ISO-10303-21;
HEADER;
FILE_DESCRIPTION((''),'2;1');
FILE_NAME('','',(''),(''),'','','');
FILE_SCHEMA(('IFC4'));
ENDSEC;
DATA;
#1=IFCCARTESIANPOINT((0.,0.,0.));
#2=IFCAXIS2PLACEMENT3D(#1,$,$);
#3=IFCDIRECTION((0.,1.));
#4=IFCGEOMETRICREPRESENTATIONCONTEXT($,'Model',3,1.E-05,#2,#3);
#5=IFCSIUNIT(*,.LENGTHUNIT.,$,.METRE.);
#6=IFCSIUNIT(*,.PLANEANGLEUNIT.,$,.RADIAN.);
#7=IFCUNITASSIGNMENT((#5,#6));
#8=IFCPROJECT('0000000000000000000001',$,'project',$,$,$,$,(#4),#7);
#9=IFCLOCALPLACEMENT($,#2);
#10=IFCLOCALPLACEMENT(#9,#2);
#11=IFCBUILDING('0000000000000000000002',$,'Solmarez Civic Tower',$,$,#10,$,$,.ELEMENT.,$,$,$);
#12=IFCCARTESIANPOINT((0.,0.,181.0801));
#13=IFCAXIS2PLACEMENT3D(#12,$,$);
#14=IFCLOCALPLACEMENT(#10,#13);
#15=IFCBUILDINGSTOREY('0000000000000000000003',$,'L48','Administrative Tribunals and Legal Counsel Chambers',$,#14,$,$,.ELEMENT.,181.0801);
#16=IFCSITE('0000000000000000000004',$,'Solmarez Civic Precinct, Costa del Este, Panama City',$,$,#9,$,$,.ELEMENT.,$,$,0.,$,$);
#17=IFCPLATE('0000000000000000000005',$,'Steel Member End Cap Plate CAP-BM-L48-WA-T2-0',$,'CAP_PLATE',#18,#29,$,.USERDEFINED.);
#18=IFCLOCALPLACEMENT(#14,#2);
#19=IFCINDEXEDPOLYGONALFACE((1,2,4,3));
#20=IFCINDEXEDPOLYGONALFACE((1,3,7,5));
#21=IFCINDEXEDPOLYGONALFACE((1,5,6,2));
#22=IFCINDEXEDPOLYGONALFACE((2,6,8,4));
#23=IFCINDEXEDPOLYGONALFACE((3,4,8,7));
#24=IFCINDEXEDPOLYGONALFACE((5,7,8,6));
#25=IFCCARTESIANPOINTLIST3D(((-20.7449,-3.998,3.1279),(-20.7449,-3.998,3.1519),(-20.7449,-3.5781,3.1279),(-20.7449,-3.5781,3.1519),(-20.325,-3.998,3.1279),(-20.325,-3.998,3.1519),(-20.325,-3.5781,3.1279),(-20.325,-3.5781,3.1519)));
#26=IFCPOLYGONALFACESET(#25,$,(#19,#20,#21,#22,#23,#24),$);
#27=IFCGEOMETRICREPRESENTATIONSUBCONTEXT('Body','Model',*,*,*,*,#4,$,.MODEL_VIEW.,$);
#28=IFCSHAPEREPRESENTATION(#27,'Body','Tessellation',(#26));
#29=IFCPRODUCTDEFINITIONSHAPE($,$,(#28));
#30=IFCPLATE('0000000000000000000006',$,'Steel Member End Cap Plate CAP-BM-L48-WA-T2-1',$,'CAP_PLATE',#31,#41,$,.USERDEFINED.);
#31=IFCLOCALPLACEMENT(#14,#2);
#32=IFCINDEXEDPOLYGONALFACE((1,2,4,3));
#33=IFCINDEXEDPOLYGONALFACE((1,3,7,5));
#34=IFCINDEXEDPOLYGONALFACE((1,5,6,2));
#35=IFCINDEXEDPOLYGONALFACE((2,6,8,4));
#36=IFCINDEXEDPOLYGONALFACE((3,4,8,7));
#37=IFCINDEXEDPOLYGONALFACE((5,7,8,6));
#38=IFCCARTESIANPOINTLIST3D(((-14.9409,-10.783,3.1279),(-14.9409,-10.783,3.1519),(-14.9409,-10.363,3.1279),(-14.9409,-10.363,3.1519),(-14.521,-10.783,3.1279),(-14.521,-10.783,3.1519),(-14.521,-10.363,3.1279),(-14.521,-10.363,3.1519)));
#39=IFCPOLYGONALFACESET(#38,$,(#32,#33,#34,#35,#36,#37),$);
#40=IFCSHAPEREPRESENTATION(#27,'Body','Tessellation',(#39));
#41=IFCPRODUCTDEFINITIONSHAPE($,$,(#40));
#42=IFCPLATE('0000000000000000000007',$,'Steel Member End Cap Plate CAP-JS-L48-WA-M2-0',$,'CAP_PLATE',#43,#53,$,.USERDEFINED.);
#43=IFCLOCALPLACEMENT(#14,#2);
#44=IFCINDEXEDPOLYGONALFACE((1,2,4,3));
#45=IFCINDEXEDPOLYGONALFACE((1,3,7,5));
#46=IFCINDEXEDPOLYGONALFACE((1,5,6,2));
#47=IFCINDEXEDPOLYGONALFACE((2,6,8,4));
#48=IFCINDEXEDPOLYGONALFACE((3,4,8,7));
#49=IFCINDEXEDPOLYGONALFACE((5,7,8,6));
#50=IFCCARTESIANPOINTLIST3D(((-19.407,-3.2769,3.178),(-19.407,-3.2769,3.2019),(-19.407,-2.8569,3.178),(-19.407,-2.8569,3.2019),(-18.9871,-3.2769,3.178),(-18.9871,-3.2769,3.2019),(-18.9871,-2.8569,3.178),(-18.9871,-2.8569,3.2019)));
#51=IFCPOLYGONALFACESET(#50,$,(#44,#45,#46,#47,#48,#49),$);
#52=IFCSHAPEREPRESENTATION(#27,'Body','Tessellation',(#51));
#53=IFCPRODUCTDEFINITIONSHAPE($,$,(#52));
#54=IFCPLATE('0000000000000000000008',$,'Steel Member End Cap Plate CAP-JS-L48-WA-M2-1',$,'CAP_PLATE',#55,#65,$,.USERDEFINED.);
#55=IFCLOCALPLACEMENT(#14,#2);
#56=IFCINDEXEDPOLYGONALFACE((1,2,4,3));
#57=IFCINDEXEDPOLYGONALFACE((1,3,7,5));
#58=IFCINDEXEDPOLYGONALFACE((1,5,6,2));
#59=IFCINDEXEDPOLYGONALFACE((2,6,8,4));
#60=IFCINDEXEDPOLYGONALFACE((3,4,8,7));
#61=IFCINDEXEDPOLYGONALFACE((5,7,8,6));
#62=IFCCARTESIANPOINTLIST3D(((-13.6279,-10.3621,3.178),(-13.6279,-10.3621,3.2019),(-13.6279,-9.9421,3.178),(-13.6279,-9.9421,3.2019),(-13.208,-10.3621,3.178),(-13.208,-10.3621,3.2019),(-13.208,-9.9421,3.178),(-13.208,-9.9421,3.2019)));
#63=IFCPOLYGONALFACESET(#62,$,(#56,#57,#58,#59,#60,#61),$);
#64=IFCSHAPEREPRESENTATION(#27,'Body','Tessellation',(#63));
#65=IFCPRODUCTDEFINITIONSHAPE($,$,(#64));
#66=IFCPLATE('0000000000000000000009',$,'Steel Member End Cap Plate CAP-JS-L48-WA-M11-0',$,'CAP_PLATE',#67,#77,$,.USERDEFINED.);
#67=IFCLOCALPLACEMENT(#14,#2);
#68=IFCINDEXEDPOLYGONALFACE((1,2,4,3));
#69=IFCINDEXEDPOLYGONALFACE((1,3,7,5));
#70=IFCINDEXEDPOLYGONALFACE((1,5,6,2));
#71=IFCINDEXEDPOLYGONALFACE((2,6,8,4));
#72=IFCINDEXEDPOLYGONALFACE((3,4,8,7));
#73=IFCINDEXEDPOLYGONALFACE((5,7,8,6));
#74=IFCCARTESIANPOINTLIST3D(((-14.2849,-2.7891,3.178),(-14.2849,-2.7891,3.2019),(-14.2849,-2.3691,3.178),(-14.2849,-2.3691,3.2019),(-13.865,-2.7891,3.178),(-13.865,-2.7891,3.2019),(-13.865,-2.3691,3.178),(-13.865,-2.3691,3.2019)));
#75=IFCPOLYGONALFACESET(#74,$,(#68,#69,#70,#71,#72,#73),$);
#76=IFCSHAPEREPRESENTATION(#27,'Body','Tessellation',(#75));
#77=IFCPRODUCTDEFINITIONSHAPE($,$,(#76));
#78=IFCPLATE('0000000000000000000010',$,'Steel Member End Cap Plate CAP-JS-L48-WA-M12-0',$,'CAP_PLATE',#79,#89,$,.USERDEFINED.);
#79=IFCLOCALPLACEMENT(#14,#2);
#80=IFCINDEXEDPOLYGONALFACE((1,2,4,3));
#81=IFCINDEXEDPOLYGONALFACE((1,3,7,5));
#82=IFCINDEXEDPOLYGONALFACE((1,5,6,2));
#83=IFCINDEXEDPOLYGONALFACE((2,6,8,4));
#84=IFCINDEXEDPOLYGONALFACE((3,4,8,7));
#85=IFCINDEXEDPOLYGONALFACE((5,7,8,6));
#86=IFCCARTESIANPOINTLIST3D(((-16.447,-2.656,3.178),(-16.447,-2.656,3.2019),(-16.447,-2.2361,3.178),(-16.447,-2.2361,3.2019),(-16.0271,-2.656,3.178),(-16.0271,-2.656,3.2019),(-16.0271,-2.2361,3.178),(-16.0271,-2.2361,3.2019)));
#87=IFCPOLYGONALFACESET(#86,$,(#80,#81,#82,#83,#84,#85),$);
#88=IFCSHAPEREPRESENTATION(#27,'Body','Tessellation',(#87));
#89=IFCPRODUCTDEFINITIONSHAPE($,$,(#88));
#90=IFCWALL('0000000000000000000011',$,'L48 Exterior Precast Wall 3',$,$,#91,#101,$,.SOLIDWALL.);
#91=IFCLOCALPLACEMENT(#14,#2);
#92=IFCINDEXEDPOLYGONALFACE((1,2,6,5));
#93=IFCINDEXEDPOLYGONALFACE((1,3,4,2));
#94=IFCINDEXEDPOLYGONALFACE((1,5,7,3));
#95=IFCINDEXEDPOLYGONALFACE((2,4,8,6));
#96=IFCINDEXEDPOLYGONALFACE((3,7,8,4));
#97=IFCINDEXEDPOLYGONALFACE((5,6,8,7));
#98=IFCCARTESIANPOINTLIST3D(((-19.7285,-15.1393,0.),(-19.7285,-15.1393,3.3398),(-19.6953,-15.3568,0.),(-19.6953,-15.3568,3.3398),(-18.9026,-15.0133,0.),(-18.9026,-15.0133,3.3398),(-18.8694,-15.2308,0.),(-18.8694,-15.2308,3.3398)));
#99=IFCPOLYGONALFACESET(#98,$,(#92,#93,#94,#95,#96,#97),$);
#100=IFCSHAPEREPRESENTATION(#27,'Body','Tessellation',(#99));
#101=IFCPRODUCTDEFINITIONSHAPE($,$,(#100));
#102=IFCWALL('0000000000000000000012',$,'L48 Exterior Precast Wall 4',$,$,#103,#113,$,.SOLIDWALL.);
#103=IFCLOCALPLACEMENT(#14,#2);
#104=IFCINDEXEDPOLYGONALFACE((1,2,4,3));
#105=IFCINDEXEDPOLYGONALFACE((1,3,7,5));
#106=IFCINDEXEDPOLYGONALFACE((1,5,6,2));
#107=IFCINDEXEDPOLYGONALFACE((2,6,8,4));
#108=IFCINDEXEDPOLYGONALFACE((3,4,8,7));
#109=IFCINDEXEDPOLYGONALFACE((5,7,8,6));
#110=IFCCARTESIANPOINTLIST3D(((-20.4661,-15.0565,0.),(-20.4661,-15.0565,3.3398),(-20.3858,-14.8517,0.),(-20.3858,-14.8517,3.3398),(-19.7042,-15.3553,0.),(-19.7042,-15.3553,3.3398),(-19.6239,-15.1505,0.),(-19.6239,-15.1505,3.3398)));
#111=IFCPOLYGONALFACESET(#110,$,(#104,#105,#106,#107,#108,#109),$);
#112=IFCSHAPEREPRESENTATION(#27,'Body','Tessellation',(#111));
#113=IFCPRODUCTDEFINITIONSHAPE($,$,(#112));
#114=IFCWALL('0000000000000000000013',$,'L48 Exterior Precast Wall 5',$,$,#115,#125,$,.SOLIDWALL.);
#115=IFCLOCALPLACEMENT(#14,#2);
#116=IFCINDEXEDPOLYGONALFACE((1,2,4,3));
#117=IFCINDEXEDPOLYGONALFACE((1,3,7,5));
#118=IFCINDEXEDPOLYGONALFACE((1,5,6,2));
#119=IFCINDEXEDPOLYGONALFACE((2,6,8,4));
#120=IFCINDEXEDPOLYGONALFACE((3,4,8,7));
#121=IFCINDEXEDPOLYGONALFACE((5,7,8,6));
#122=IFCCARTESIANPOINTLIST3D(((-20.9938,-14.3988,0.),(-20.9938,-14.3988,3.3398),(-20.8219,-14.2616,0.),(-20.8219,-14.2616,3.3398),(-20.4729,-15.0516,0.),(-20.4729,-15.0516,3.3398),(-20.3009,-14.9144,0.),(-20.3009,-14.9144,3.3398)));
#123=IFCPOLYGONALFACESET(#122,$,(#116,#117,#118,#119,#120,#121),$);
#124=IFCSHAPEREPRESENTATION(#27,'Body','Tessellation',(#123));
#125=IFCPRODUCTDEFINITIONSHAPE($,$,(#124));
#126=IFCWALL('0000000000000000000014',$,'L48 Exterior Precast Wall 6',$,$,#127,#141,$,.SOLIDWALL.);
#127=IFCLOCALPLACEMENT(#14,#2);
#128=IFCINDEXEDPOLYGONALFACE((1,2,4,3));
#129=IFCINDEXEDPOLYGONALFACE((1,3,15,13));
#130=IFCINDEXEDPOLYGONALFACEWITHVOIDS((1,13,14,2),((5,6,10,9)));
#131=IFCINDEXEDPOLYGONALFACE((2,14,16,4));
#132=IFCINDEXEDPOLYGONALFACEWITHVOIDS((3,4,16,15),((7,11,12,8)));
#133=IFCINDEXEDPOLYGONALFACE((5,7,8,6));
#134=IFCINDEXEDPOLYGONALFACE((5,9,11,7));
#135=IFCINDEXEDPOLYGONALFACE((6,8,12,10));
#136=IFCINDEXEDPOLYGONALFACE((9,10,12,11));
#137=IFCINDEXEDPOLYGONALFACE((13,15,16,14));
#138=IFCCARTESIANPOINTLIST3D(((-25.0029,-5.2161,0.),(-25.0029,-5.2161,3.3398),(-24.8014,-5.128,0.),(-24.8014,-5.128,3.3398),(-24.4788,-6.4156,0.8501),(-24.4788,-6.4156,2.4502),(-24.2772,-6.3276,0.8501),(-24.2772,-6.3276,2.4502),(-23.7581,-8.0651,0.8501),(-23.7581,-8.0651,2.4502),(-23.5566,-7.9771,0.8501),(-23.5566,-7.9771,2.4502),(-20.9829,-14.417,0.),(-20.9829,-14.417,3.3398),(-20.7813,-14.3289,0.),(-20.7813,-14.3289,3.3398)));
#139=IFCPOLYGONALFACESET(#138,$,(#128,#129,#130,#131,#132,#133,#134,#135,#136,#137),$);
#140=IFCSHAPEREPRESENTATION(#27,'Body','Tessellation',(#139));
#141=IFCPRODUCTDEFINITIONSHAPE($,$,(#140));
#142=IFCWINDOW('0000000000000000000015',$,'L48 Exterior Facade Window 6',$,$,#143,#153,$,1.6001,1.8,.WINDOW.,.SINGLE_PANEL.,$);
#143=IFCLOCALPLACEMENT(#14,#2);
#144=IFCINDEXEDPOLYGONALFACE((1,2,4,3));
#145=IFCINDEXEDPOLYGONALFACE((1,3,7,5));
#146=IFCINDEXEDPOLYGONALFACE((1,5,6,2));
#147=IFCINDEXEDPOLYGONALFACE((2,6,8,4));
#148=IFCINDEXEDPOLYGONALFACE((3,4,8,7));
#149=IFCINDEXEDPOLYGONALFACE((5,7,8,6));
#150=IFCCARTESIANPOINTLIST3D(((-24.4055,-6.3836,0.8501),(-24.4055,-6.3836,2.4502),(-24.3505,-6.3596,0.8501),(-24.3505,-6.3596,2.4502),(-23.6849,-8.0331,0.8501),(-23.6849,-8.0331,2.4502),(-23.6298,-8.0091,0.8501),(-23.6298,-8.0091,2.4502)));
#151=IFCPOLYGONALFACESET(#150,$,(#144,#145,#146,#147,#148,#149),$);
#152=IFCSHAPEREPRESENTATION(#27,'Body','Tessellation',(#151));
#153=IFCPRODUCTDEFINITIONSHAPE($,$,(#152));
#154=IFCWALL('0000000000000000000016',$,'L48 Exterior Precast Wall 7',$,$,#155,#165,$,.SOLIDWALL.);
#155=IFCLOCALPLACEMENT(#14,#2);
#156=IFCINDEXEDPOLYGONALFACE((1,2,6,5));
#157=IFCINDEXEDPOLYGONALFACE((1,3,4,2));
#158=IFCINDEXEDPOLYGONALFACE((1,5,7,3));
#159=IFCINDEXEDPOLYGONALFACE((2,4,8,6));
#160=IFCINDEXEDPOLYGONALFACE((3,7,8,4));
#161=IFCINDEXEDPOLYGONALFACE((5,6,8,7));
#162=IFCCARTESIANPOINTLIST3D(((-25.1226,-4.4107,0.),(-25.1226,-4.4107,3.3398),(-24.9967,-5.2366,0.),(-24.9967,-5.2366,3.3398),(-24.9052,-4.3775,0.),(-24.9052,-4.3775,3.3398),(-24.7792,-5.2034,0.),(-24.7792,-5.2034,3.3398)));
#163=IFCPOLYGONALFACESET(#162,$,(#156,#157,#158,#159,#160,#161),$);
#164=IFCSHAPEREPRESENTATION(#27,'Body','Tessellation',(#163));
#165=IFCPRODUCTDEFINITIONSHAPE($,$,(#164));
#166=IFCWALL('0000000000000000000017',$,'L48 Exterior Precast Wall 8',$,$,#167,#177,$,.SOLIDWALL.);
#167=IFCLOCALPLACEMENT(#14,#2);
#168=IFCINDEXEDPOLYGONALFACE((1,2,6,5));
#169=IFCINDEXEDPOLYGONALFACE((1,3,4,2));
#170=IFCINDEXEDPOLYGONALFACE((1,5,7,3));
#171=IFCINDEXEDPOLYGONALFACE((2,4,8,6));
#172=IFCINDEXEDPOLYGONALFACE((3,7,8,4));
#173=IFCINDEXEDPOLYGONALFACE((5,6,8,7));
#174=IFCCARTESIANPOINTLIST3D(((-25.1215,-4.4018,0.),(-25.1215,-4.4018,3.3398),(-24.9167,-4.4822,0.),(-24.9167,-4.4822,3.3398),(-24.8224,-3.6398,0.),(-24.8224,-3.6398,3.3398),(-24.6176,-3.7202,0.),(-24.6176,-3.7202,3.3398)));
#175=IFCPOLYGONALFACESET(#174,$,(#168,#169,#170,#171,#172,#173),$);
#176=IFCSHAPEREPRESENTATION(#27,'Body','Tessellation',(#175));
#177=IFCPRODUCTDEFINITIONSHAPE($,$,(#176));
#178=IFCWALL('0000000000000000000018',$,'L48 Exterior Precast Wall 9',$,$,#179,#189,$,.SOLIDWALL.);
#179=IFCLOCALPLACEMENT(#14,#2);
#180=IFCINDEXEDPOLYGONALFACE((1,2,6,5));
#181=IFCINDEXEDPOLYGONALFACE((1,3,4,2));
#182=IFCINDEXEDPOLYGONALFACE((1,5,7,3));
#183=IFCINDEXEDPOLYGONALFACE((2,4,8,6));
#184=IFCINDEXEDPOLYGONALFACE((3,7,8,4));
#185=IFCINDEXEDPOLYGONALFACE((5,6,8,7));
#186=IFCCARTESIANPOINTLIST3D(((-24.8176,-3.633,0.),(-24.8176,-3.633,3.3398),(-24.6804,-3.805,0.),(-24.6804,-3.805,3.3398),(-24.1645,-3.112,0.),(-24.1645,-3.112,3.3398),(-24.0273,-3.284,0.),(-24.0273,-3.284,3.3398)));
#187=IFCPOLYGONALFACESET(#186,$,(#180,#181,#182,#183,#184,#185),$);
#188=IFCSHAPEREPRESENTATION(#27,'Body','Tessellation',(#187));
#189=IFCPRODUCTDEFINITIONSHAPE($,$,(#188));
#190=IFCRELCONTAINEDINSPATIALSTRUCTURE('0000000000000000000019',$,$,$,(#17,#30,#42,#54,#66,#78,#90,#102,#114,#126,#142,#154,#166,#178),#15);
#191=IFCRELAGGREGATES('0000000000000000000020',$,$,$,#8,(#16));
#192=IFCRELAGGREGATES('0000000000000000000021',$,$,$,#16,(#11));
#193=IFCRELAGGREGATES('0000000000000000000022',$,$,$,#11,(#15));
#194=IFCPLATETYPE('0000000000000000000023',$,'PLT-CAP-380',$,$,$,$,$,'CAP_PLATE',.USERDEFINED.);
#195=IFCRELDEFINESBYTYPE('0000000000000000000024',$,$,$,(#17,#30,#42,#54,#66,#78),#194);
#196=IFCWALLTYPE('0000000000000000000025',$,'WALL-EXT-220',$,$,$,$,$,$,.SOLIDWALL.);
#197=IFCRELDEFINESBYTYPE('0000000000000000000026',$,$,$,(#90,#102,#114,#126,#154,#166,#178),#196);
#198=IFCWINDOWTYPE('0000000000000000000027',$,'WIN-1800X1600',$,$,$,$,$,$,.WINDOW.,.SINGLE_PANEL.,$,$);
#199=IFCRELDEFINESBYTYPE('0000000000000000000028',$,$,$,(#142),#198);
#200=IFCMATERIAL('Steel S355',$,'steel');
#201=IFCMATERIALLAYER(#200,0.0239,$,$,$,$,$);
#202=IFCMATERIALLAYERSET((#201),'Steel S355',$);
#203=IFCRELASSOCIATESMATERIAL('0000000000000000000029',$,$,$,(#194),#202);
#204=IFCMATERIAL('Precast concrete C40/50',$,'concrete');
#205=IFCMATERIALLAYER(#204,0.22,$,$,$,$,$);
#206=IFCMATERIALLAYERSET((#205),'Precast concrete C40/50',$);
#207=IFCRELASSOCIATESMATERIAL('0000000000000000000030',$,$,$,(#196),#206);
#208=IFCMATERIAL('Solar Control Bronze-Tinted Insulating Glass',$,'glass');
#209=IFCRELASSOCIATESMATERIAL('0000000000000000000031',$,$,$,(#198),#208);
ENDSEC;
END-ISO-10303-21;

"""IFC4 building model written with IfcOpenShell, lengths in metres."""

from ifc_helpers import new_model, si_unit, direction, frame, frame_2d, origin, origin_2d, place, context, subcontext, project, spatial, rectangle, extrude, material, layer, layer_set, type_object, element, fill, save


model = new_model("IFC4")

# Units and contexts
model_context = context("Model", 3, precision=1e-05, world=origin(), true_north=direction((0.0, 1.0)))
body_context = subcontext(model_context, "Body", "Model", "MODEL_VIEW")
ifc_project = project(units=[si_unit("LENGTHUNIT", "METRE"), si_unit("PLANEANGLEUNIT", "RADIAN")], contexts=[model_context])

# Site, building, storey
site_placement = place(None, origin())
site = spatial("IfcSite", under=ifc_project, at=site_placement, Name="Solmarez Civic Precinct, Costa del Este, Panama City", CompositionType="ELEMENT", RefElevation=0.0)
building_placement = place(site_placement, origin())
building = spatial("IfcBuilding", under=site, at=building_placement, Name="Solmarez Civic Tower", CompositionType="ELEMENT")
storey_placement = place(building_placement, frame((0.0, 0.0, 181.0801)))
storey = spatial("IfcBuildingStorey", under=building, at=storey_placement, Name="L48", Description="Administrative Tribunals and Legal Counsel Chambers", CompositionType="ELEMENT", Elevation=181.0801)

# Shared definitions
ifc_material_1 = material(Name="Steel S355", Category="steel")

# Plates
ifc_layer_1 = layer(ifc_material_1, 0.0239)
ifc_layer_set_1 = layer_set([ifc_layer_1], Name="Steel S355")
plate_type = type_object("IfcPlateType", Name="PLT-CAP-380", ElementType="CAP_PLATE", PredefinedType="USERDEFINED", material=ifc_layer_set_1)
for number, where, z_axis, x_axis, name in (
    (1, (-20.5349, -3.7881, 3.1279), (0.0, 0.0, 1.0), (1.0, 0.0, 0.0), "Steel Member End Cap Plate CAP-BM-L48-WA-T2-0"),
    (2, (-14.731, -10.573, 3.1279), (0.0, 0.0, 1.0), (1.0, 0.0, 0.0), "Steel Member End Cap Plate CAP-BM-L48-WA-T2-1"),
    (3, (-19.197, -3.0669, 3.178), (0.0, 0.0, 1.0), (1.0, 0.0, 0.0), "Steel Member End Cap Plate CAP-JS-L48-WA-M2-0"),
    (4, (-13.418, -10.1521, 3.178), (0.0, 0.0, 1.0), (1.0, 0.0, 0.0), "Steel Member End Cap Plate CAP-JS-L48-WA-M2-1"),
    (5, (-14.075, -2.5791, 3.178), (0.0, 0.0, 1.0), (1.0, 0.0, 0.0), "Steel Member End Cap Plate CAP-JS-L48-WA-M11-0"),
    (6, (-16.2371, -2.446, 3.178), (0.0, 0.0, 1.0), (1.0, 0.0, 0.0), "Steel Member End Cap Plate CAP-JS-L48-WA-M12-0"),
):
    element("IfcPlate", number, at=place(storey_placement, frame(where, z_axis=z_axis, x_axis=x_axis)), inside=storey, type_object=plate_type, Name=name, ObjectType="CAP_PLATE", PredefinedType="USERDEFINED", context=body_context, shape_type="SweptSolid", body=[
        extrude(rectangle(XDim=0.4199, YDim=0.4199, at=origin_2d()), origin(), (0.0, 0.0, 1.0), 0.0239),
    ])

# Walls
ifc_material_2 = material(Name="Precast concrete C40/50", Category="concrete")
ifc_layer_2 = layer(ifc_material_2, 0.22)
ifc_layer_set_2 = layer_set([ifc_layer_2], Name="Precast concrete C40/50")
wall_type_1 = type_object("IfcWallType", Name="WALL-EXT-220", PredefinedType="SOLIDWALL", material=ifc_layer_set_2)
wall_1_placement = place(storey_placement, frame((-18.886, -15.1221, 0.0), z_axis=(0.0, 0.0, 1.0), x_axis=(-0.988567, -0.150783, 0.0)))
element("IfcWall", 7, at=wall_1_placement, inside=storey, type_object=wall_type_1, Name="L48 Exterior Precast Wall 3", PredefinedType="SOLIDWALL", context=body_context, shape_type="SweptSolid", body=[
    extrude(rectangle(XDim=0.8354, YDim=0.22, at=frame_2d((0.4177, 0.0))), origin(), (0.0, 0.0, 1.0), 3.3398),
])
wall_2_placement = place(storey_placement, frame((-19.6641, -15.2529, 0.0), z_axis=(0.0, 0.0, 1.0), x_axis=(-0.930965, 0.365108, 0.0)))
element("IfcWall", 8, at=wall_2_placement, inside=storey, type_object=wall_type_1, Name="L48 Exterior Precast Wall 4", PredefinedType="SOLIDWALL", context=body_context, shape_type="SweptSolid", body=[
    extrude(rectangle(XDim=0.8184, YDim=0.22, at=frame_2d((0.4092, 0.0))), origin(), (0.0, 0.0, 1.0), 3.3398),
])
wall_3_placement = place(storey_placement, frame((-20.387, -14.9829, 0.0), z_axis=(0.0, 0.0, 1.0), x_axis=(-0.623768, 0.78161, 0.0)))
element("IfcWall", 9, at=wall_3_placement, inside=storey, type_object=wall_type_1, Name="L48 Exterior Precast Wall 5", PredefinedType="SOLIDWALL", context=body_context, shape_type="SweptSolid", body=[
    extrude(rectangle(XDim=0.8352, YDim=0.22, at=frame_2d((0.4175, 0.0))), origin(), (0.0, 0.0, 1.0), 3.3398),
])

# Wall, opening, window
wall_4_placement = place(storey_placement, frame((-20.8821, -14.373, 0.0), z_axis=(0.0, 0.0, 1.0), x_axis=(-0.400369, 0.916354, 0.0)))
wall_4 = element("IfcWall", 10, at=wall_4_placement, inside=storey, type_object=wall_type_1, Name="L48 Exterior Precast Wall 6", PredefinedType="SOLIDWALL", context=body_context, shape_type="SweptSolid", body=[
    extrude(rectangle(XDim=10.0408, YDim=0.22, at=frame_2d((5.0205, 0.0))), origin(), (0.0, 0.0, 1.0), 3.3398),
])
opening_1_placement = place(wall_4_placement, frame((6.9319, 0.0, 0.8501)))
opening_1 = element("IfcOpeningElement", 11, at=opening_1_placement, cuts=wall_4, PredefinedType="OPENING", context=body_context, shape_type="SweptSolid", body=[
    extrude(rectangle(XDim=1.8, YDim=1.6001, at=frame_2d((0.8999, 0.8))), frame((0.0, 0.1199, 0.0), z_axis=(0.0, -1.0, 0.0), x_axis=(1.0, 0.0, 0.0)), (0.0, 0.0, 1.0), 0.24),
])
ifc_material_3 = material(Name="Solar Control Bronze-Tinted Insulating Glass", Category="glass")
window_type_1 = type_object("IfcWindowType", Name="WIN-1800X1600", PartitioningType="SINGLE_PANEL", PredefinedType="WINDOW", material=ifc_material_3)
window_1_placement = place(opening_1_placement, origin())
window_1 = element("IfcWindow", 12, at=window_1_placement, inside=storey, type_object=window_type_1, Name="L48 Exterior Facade Window 6", OverallHeight=1.6001, OverallWidth=1.8, PartitioningType="SINGLE_PANEL", PredefinedType="WINDOW", context=body_context, shape_type="SweptSolid", body=[
    extrude(rectangle(XDim=1.8, YDim=1.6001, at=frame_2d((0.8999, 0.8))), frame((0.0, 0.03, 0.0), z_axis=(0.0, -1.0, 0.0), x_axis=(1.0, 0.0, 0.0)), (0.0, 0.0, 1.0), 0.0601),
])
fill(opening_1, window_1)

# Walls
wall_5_placement = place(storey_placement, frame((-24.8879, -5.22, 0.0), z_axis=(0.0, 0.0, 1.0), x_axis=(-0.150783, 0.988567, 0.0)))
element("IfcWall", 13, at=wall_5_placement, inside=storey, type_object=wall_type_1, Name="L48 Exterior Precast Wall 7", PredefinedType="SOLIDWALL", context=body_context, shape_type="SweptSolid", body=[
    extrude(rectangle(XDim=0.8354, YDim=0.22, at=frame_2d((0.4177, 0.0))), origin(), (0.0, 0.0, 1.0), 3.3398),
])
wall_6_placement = place(storey_placement, frame((-25.019, -4.4419, 0.0), z_axis=(0.0, 0.0, 1.0), x_axis=(0.365366, 0.930864, 0.0)))
element("IfcWall", 14, at=wall_6_placement, inside=storey, type_object=wall_type_1, Name="L48 Exterior Precast Wall 8", PredefinedType="SOLIDWALL", context=body_context, shape_type="SweptSolid", body=[
    extrude(rectangle(XDim=0.8186, YDim=0.22, at=frame_2d((0.4092, 0.0))), origin(), (0.0, 0.0, 1.0), 3.3398),
])
wall_7_placement = place(storey_placement, frame((-24.749, -3.719, 0.0), z_axis=(0.0, 0.0, 1.0), x_axis=(0.781723, 0.623625, 0.0)))
element("IfcWall", 15, at=wall_7_placement, inside=storey, type_object=wall_type_1, Name="L48 Exterior Precast Wall 9", PredefinedType="SOLIDWALL", context=body_context, shape_type="SweptSolid", body=[
    extrude(rectangle(XDim=0.8354, YDim=0.22, at=frame_2d((0.4177, 0.0))), origin(), (0.0, 0.0, 1.0), 3.3398),
])

save(model, "model.ifc")
